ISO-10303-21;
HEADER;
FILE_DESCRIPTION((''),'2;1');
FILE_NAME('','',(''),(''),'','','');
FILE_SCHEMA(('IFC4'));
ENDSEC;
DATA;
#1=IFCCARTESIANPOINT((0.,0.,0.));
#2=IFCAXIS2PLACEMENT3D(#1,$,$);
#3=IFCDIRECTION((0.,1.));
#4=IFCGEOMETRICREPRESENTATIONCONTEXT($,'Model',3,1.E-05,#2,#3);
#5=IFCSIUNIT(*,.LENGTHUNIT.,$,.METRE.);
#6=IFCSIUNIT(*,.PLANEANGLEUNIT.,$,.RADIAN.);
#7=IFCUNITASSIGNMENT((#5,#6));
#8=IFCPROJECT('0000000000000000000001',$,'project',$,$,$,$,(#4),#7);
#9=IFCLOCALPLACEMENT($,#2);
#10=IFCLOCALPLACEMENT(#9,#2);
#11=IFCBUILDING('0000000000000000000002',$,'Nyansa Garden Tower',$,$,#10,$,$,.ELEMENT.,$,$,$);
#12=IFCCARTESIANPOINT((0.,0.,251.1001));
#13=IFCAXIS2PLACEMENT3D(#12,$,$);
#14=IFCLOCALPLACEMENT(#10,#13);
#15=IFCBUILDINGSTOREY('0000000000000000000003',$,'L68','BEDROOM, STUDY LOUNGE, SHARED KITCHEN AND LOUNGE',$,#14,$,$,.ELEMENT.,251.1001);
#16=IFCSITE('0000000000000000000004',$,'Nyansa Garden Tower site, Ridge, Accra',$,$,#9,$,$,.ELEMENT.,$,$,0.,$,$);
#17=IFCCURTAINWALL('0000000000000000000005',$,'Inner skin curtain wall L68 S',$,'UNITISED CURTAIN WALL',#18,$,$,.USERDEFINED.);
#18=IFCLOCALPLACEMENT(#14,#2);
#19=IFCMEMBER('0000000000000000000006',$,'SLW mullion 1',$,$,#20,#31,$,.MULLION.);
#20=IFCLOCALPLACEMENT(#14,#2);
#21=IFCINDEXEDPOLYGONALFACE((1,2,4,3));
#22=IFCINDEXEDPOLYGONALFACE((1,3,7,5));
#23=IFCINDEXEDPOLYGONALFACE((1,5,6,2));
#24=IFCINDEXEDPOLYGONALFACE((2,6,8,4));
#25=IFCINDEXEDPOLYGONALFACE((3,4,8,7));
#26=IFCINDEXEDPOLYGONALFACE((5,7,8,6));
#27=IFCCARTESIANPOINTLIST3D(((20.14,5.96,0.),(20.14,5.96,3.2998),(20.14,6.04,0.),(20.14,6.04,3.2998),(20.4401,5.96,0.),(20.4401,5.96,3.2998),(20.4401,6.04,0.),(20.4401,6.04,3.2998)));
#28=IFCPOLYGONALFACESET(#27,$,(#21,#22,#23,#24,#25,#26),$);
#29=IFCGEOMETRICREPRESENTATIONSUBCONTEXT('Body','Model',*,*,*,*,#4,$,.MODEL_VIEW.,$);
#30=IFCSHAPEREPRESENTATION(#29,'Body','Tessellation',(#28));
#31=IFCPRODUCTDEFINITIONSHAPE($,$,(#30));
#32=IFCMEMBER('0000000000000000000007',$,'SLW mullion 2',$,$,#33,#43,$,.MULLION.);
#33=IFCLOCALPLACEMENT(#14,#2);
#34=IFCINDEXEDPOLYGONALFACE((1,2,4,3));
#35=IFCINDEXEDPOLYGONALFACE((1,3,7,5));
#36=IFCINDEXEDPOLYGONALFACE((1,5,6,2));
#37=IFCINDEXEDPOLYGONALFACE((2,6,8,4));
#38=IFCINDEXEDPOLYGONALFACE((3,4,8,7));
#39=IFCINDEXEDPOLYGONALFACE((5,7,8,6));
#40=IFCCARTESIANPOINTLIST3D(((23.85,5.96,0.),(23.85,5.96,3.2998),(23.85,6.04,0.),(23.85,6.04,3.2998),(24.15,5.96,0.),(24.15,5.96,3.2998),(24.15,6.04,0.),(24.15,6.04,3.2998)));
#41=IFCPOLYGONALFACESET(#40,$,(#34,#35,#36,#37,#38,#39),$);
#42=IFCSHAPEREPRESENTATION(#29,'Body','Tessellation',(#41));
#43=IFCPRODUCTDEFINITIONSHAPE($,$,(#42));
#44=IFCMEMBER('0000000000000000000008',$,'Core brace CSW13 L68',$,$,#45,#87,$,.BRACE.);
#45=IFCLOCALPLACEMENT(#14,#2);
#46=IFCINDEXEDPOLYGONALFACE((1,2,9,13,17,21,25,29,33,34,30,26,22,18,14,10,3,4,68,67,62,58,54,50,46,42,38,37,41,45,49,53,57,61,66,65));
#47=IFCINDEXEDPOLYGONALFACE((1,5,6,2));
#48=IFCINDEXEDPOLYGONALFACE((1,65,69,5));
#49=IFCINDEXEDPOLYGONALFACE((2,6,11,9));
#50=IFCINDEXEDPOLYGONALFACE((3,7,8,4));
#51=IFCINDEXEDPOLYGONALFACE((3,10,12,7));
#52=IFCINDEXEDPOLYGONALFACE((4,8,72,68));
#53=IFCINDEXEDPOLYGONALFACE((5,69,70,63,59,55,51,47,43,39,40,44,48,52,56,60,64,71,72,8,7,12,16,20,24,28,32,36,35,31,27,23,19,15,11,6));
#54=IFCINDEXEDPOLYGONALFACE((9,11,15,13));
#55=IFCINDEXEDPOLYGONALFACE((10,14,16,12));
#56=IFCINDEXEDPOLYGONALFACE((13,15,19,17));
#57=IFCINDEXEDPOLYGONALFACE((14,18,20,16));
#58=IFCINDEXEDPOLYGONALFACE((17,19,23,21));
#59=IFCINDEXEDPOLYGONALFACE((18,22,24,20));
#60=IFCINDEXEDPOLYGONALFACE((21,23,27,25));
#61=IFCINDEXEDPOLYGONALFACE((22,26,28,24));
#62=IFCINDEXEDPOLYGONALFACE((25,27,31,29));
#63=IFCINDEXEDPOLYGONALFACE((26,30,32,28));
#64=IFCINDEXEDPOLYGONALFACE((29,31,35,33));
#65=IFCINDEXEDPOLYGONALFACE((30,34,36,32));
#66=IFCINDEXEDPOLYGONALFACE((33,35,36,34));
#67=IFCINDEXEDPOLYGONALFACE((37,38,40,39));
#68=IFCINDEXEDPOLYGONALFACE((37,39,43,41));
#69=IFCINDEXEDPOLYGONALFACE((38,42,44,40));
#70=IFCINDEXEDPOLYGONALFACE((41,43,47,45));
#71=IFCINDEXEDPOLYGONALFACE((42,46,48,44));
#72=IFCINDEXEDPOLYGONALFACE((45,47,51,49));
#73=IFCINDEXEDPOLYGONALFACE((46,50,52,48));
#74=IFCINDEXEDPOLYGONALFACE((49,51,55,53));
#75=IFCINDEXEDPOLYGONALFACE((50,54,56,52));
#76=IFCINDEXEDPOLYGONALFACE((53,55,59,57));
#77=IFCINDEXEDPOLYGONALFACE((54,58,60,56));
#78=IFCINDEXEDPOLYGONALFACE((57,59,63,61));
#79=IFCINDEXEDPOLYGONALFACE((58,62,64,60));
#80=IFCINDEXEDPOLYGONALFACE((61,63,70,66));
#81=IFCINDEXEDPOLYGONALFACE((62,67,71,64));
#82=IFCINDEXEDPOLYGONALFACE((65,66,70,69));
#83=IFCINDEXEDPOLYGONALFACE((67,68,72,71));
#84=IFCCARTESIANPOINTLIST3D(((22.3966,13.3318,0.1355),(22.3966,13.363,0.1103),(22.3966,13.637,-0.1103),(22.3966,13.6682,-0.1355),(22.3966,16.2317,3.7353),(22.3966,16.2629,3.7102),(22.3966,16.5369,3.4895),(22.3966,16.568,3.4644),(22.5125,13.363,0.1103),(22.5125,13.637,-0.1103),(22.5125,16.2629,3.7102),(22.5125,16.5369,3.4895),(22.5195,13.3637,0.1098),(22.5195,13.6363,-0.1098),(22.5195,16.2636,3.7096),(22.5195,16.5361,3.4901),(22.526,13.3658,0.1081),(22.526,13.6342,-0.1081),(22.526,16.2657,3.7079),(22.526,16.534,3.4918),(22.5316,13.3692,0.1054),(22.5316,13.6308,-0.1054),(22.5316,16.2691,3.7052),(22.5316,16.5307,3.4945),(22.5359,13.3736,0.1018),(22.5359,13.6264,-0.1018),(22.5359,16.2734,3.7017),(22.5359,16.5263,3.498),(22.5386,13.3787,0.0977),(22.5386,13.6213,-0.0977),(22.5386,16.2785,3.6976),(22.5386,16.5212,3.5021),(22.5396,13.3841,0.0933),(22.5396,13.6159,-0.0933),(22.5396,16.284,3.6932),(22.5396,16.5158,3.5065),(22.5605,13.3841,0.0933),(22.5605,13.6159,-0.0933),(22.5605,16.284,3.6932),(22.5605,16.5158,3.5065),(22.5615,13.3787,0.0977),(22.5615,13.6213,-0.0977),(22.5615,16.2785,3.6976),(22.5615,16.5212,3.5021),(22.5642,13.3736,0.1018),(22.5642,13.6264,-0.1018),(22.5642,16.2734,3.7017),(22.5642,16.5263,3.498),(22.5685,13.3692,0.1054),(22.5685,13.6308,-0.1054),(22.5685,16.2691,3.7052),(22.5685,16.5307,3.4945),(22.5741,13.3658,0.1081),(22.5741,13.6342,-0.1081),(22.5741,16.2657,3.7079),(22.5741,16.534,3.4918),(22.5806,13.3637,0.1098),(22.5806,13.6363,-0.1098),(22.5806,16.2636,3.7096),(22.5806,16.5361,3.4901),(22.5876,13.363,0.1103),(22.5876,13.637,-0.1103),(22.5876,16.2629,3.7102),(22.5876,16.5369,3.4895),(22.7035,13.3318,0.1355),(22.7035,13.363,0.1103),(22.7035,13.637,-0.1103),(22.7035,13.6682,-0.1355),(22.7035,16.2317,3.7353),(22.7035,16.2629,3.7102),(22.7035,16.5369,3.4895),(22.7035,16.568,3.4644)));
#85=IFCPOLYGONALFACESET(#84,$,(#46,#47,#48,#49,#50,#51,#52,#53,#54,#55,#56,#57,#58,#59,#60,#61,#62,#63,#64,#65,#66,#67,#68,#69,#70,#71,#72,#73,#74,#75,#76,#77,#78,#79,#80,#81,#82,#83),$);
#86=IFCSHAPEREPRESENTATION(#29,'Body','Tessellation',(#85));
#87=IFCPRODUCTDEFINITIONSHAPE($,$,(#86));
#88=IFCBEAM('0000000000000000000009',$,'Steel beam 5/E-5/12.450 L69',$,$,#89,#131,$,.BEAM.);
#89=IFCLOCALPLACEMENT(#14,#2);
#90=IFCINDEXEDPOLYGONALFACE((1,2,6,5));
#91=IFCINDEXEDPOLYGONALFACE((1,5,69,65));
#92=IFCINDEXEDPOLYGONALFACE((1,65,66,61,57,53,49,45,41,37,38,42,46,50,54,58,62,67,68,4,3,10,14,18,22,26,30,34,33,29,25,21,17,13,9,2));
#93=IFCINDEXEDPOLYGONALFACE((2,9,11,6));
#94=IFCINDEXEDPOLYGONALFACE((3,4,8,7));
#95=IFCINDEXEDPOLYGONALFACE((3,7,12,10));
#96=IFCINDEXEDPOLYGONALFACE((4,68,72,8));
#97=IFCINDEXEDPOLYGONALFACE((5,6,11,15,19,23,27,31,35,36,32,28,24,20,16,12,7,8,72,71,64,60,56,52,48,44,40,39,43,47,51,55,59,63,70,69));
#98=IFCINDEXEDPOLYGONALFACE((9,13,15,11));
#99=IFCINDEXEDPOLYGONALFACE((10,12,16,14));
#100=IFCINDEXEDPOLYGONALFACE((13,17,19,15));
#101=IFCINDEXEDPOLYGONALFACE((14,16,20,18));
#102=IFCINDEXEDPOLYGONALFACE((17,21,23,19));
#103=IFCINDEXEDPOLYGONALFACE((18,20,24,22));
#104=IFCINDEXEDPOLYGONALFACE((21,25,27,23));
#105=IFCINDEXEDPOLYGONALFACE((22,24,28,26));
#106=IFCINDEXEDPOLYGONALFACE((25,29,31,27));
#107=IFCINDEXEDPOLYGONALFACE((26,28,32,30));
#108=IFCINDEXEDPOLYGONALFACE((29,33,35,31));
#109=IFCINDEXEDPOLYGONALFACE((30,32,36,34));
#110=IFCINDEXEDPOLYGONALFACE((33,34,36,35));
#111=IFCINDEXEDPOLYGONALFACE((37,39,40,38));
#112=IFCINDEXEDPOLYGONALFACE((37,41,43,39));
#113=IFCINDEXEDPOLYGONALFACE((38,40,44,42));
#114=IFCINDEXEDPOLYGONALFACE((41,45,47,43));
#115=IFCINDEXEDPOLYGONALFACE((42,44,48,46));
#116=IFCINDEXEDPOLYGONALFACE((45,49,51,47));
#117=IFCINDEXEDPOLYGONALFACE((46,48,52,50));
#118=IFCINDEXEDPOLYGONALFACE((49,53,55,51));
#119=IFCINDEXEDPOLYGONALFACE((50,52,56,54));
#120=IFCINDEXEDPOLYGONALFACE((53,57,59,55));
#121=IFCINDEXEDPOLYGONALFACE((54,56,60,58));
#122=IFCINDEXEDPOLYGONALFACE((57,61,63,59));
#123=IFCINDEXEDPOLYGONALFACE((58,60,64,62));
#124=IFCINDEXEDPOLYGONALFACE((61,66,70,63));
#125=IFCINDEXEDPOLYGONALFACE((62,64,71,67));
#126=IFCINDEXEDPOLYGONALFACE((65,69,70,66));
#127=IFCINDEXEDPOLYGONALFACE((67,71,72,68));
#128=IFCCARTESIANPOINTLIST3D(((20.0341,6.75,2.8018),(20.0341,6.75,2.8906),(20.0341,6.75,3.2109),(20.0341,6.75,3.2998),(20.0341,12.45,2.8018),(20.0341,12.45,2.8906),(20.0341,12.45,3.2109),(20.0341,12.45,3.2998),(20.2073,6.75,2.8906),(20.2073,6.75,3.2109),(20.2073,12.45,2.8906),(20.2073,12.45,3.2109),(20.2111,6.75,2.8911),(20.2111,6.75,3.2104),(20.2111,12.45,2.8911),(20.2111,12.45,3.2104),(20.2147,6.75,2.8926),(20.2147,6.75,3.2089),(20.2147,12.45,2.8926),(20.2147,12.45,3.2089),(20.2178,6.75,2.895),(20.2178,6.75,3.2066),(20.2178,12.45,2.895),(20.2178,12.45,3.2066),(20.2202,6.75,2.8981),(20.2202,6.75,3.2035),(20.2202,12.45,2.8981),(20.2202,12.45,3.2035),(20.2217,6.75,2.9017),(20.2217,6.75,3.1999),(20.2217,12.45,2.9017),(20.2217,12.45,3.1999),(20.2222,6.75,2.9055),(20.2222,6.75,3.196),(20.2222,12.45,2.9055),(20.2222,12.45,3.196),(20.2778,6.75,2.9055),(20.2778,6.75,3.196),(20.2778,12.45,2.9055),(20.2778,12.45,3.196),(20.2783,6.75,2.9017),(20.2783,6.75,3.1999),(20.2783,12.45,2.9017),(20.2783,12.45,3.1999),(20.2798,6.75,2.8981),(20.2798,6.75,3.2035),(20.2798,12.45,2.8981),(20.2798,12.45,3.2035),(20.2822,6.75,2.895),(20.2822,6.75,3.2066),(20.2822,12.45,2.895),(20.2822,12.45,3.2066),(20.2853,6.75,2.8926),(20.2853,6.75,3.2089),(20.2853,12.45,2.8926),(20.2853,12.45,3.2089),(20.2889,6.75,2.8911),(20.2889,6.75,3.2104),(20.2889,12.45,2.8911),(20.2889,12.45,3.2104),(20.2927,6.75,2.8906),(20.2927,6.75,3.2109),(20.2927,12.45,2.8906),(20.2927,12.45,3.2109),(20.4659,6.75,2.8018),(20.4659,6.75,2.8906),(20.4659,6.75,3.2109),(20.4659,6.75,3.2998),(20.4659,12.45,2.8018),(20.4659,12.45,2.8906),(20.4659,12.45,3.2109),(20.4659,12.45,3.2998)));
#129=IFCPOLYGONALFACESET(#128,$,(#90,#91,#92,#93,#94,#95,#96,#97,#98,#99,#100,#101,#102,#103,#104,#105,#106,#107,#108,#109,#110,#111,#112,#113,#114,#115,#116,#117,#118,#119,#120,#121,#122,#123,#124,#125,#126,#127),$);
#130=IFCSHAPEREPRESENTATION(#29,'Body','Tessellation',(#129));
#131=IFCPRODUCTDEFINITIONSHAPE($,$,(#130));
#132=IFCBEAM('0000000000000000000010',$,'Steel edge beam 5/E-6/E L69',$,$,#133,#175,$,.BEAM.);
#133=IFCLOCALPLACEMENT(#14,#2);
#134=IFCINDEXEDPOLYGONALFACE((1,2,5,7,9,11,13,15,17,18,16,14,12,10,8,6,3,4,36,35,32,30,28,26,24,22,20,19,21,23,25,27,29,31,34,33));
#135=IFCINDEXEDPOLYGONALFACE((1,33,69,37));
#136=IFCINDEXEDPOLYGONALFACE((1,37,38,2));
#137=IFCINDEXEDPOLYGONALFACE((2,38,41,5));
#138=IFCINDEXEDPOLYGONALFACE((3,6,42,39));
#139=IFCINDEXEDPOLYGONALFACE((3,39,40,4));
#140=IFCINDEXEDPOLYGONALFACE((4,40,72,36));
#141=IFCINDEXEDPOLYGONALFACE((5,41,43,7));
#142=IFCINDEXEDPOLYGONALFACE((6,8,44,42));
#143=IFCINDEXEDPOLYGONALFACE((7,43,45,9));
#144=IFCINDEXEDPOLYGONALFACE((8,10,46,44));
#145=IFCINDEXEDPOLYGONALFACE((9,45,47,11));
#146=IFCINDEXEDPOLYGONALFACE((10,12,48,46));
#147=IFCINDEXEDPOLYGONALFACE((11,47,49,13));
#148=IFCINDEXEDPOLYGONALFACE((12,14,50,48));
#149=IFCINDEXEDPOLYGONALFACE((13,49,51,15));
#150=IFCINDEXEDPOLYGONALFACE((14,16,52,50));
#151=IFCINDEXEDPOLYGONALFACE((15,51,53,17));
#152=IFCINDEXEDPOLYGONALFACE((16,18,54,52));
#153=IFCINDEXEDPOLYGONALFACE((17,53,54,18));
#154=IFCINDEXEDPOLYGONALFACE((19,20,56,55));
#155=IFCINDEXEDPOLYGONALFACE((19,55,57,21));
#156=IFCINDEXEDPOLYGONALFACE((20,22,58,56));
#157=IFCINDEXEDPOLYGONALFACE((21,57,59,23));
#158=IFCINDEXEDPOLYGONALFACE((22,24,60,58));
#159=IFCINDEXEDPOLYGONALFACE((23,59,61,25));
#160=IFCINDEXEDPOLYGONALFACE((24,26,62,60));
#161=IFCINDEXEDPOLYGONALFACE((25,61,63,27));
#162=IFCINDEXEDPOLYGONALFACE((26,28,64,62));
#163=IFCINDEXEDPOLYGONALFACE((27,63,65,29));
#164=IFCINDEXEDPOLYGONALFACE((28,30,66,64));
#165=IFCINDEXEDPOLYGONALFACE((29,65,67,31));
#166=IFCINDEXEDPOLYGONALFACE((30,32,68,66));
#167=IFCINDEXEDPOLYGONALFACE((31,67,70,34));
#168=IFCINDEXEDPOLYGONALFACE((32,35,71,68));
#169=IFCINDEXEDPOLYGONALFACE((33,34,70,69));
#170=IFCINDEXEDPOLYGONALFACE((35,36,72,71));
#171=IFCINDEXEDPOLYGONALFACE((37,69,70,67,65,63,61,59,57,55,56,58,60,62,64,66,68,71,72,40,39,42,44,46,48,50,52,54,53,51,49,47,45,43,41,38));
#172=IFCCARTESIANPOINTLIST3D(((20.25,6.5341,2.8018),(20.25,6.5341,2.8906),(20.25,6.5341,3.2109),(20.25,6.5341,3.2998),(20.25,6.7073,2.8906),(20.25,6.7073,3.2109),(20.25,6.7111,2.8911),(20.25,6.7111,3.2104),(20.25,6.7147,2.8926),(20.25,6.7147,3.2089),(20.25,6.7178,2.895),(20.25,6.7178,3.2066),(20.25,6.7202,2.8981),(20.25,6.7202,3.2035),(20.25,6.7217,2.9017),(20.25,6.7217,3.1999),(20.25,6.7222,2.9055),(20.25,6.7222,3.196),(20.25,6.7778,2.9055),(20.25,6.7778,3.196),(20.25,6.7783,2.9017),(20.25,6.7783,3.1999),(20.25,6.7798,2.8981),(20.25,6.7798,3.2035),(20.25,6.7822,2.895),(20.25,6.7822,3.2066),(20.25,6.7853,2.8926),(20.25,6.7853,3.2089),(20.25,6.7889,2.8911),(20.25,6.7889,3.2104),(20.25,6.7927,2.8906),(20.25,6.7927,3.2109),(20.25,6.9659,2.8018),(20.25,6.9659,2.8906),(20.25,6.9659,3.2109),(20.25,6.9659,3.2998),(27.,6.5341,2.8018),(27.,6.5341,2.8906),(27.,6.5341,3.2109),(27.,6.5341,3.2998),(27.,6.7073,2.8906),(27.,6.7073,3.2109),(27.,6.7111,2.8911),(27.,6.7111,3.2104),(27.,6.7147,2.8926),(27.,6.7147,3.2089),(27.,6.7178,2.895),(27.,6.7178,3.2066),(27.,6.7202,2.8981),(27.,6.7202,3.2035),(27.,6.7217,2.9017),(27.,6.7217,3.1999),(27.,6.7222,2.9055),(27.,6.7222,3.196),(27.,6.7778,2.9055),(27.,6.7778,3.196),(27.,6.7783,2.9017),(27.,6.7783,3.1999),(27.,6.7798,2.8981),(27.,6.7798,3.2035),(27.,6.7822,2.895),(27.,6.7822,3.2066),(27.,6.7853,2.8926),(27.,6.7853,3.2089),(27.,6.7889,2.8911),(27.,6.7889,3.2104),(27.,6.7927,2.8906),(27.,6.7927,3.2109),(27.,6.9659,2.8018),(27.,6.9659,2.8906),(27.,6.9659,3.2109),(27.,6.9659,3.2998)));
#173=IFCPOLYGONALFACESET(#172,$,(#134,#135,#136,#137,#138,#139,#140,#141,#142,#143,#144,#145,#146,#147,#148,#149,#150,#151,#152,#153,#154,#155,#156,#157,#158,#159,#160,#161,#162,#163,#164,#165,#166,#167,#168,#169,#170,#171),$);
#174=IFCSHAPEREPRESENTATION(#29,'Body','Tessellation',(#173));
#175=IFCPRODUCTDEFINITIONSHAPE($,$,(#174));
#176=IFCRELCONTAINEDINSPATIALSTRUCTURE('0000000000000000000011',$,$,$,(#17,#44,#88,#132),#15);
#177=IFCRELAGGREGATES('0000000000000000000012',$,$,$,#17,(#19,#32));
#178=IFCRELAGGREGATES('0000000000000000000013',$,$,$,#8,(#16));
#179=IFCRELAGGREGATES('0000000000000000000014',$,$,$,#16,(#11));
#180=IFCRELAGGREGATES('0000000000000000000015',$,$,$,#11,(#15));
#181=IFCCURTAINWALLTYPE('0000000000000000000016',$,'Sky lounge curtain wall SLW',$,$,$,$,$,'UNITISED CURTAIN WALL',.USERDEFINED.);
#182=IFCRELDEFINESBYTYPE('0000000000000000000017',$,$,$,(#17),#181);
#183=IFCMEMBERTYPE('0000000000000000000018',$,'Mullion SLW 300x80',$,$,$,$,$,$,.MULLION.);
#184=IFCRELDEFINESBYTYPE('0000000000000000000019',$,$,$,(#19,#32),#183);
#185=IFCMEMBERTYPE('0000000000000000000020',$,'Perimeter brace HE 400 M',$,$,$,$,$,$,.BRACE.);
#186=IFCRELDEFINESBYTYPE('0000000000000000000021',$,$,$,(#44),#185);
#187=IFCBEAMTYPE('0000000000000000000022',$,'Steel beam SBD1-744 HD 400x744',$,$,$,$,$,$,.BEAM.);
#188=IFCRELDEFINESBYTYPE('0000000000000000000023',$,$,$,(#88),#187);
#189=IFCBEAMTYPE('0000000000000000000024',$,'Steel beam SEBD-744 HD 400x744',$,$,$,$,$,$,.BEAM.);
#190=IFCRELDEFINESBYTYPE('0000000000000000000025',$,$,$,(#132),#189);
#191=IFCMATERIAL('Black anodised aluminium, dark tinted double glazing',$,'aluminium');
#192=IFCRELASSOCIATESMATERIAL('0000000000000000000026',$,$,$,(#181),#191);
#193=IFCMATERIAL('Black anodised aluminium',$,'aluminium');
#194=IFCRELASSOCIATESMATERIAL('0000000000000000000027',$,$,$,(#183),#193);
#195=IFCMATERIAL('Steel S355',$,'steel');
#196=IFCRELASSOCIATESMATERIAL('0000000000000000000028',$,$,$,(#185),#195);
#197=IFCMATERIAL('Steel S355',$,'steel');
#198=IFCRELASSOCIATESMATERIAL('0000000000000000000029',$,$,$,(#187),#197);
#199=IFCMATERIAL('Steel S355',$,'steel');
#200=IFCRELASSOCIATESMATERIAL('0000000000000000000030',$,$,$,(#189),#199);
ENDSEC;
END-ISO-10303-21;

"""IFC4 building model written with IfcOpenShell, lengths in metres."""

from ifc_helpers import new_model, si_unit, direction, frame, origin, origin_2d, place, context, subcontext, project, spatial, rectangle, i_section, extrude, material, material_profile, profile_set, type_object, element, aggregate, save


model = new_model("IFC4")

# Units and contexts
model_context = context("Model", 3, precision=1e-05, world=origin(), true_north=direction((0.0, 1.0)))
body_context = subcontext(model_context, "Body", "Model", "MODEL_VIEW")
ifc_project = project(units=[si_unit("LENGTHUNIT", "METRE"), si_unit("PLANEANGLEUNIT", "RADIAN")], contexts=[model_context])

# Site, building, storey
site_placement = place(None, origin())
site = spatial("IfcSite", under=ifc_project, at=site_placement, Name="Nyansa Garden Tower site, Ridge, Accra", CompositionType="ELEMENT", RefElevation=0.0)
building_placement = place(site_placement, origin())
building = spatial("IfcBuilding", under=site, at=building_placement, Name="Nyansa Garden Tower", CompositionType="ELEMENT")
storey_placement = place(building_placement, frame((0.0, 0.0, 251.1001)))
storey = spatial("IfcBuildingStorey", under=building, at=storey_placement, Name="L68", Description="BEDROOM, STUDY LOUNGE, SHARED KITCHEN AND LOUNGE", CompositionType="ELEMENT", Elevation=251.1001)

# Curtain wall, members
ifc_material_1 = material(Name="Black anodised aluminium, dark tinted double glazing", Category="aluminium")
curtain_wall_type = type_object("IfcCurtainWallType", Name="Sky lounge curtain wall SLW", ElementType="UNITISED CURTAIN WALL", PredefinedType="USERDEFINED", material=ifc_material_1)
curtain_wall_placement = place(storey_placement, origin())
curtain_wall = element("IfcCurtainWall", 1, at=curtain_wall_placement, inside=storey, type_object=curtain_wall_type, Name="Inner skin curtain wall L68 S", ObjectType="UNITISED CURTAIN WALL", PredefinedType="USERDEFINED")
ifc_material_2 = material(Name="Black anodised aluminium", Category="aluminium")
ifc_material_profile_1 = material_profile(ifc_material_2, rectangle(XDim=0.0801, YDim=0.3, at=origin_2d()), Name="Mullion 300x80")
ifc_profile_set_1 = profile_set([ifc_material_profile_1], Name="Black anodised aluminium")
member_type_1 = type_object("IfcMemberType", Name="Mullion SLW 300x80", PredefinedType="MULLION", material=ifc_profile_set_1)
member_1_placement = place(storey_placement, frame((20.29, 6.0, 0.0), z_axis=(0.0, 0.0, 1.0), x_axis=(0.0, 1.0, 0.0)))
member_1 = element("IfcMember", 2, at=member_1_placement, type_object=member_type_1, Name="SLW mullion 1", PredefinedType="MULLION", context=body_context, shape_type="SweptSolid", body=[
    extrude(rectangle(XDim=0.0801, YDim=0.3, at=origin_2d()), origin(), (0.0, 0.0, 1.0), 3.2998),
])
member_2_placement = place(storey_placement, frame((24.0, 6.0, 0.0), z_axis=(0.0, 0.0, 1.0), x_axis=(0.0, 1.0, 0.0)))
member_2 = element("IfcMember", 3, at=member_2_placement, type_object=member_type_1, Name="SLW mullion 2", PredefinedType="MULLION", context=body_context, shape_type="SweptSolid", body=[
    extrude(rectangle(XDim=0.0801, YDim=0.3, at=origin_2d()), origin(), (0.0, 0.0, 1.0), 3.2998),
])

# Member
ifc_material_3 = material(Name="Steel S355", Category="steel")
ifc_material_profile_2 = material_profile(ifc_material_3, i_section(OverallWidth=0.3069, OverallDepth=0.4319, WebThickness=0.021, FlangeThickness=0.04, FilletRadius=0.0271, at=origin_2d()), Name="HE 400 M")
ifc_profile_set_2 = profile_set([ifc_material_profile_2], Name="Steel S355")
member_type_2 = type_object("IfcMemberType", Name="Perimeter brace HE 400 M", PredefinedType="BRACE", material=ifc_profile_set_2)
member_3_placement = place(storey_placement, frame((22.55, 13.5, 0.0), z_axis=(0.0, 0.627332, 0.778752), x_axis=(-1.0, 0.0, 0.0)))
element("IfcMember", 4, at=member_3_placement, inside=storey, type_object=member_type_2, Name="Core brace CSW13 L68", PredefinedType="BRACE", context=body_context, shape_type="SweptSolid", body=[
    extrude(i_section(OverallWidth=0.3069, OverallDepth=0.4319, WebThickness=0.021, FlangeThickness=0.04, FilletRadius=0.0271, at=origin_2d()), origin(), (0.0, 0.0, 1.0), 4.6226),
])

# Beams
ifc_material_4 = material(Name="Steel S355", Category="steel")
ifc_material_profile_3 = material_profile(ifc_material_4, i_section(OverallWidth=0.4319, OverallDepth=0.498, WebThickness=0.0557, FlangeThickness=0.0889, FilletRadius=0.0149, at=origin_2d()), Name="HD 400x744")
ifc_profile_set_3 = profile_set([ifc_material_profile_3], Name="Steel S355")
beam_type_1 = type_object("IfcBeamType", Name="Steel beam SBD1-744 HD 400x744", PredefinedType="BEAM", material=ifc_profile_set_3)
beam_1_placement = place(storey_placement, frame((20.25, 6.75, 3.0508), z_axis=(0.0, 1.0, 0.0), x_axis=(-1.0, 0.0, 0.0)))
element("IfcBeam", 5, at=beam_1_placement, inside=storey, type_object=beam_type_1, Name="Steel beam 5/E-5/12.450 L69", PredefinedType="BEAM", context=body_context, shape_type="SweptSolid", body=[
    extrude(i_section(OverallWidth=0.4319, OverallDepth=0.498, WebThickness=0.0557, FlangeThickness=0.0889, FilletRadius=0.0149, at=origin_2d()), origin(), (0.0, 0.0, 1.0), 5.7),
])
ifc_material_5 = material(Name="Steel S355", Category="steel")
ifc_material_profile_4 = material_profile(ifc_material_5, i_section(OverallWidth=0.4319, OverallDepth=0.498, WebThickness=0.0557, FlangeThickness=0.0889, FilletRadius=0.0149, at=origin_2d()), Name="HD 400x744")
ifc_profile_set_4 = profile_set([ifc_material_profile_4], Name="Steel S355")
beam_type_2 = type_object("IfcBeamType", Name="Steel beam SEBD-744 HD 400x744", PredefinedType="BEAM", material=ifc_profile_set_4)
beam_2_placement = place(storey_placement, frame((20.25, 6.75, 3.0508), z_axis=(1.0, 0.0, 0.0), x_axis=(0.0, 1.0, 0.0)))
element("IfcBeam", 6, at=beam_2_placement, inside=storey, type_object=beam_type_2, Name="Steel edge beam 5/E-6/E L69", PredefinedType="BEAM", context=body_context, shape_type="SweptSolid", body=[
    extrude(i_section(OverallWidth=0.4319, OverallDepth=0.498, WebThickness=0.0557, FlangeThickness=0.0889, FilletRadius=0.0149, at=origin_2d()), origin(), (0.0, 0.0, 1.0), 6.75),
])

aggregate(curtain_wall, [member_1, member_2])

save(model, "model.ifc")
